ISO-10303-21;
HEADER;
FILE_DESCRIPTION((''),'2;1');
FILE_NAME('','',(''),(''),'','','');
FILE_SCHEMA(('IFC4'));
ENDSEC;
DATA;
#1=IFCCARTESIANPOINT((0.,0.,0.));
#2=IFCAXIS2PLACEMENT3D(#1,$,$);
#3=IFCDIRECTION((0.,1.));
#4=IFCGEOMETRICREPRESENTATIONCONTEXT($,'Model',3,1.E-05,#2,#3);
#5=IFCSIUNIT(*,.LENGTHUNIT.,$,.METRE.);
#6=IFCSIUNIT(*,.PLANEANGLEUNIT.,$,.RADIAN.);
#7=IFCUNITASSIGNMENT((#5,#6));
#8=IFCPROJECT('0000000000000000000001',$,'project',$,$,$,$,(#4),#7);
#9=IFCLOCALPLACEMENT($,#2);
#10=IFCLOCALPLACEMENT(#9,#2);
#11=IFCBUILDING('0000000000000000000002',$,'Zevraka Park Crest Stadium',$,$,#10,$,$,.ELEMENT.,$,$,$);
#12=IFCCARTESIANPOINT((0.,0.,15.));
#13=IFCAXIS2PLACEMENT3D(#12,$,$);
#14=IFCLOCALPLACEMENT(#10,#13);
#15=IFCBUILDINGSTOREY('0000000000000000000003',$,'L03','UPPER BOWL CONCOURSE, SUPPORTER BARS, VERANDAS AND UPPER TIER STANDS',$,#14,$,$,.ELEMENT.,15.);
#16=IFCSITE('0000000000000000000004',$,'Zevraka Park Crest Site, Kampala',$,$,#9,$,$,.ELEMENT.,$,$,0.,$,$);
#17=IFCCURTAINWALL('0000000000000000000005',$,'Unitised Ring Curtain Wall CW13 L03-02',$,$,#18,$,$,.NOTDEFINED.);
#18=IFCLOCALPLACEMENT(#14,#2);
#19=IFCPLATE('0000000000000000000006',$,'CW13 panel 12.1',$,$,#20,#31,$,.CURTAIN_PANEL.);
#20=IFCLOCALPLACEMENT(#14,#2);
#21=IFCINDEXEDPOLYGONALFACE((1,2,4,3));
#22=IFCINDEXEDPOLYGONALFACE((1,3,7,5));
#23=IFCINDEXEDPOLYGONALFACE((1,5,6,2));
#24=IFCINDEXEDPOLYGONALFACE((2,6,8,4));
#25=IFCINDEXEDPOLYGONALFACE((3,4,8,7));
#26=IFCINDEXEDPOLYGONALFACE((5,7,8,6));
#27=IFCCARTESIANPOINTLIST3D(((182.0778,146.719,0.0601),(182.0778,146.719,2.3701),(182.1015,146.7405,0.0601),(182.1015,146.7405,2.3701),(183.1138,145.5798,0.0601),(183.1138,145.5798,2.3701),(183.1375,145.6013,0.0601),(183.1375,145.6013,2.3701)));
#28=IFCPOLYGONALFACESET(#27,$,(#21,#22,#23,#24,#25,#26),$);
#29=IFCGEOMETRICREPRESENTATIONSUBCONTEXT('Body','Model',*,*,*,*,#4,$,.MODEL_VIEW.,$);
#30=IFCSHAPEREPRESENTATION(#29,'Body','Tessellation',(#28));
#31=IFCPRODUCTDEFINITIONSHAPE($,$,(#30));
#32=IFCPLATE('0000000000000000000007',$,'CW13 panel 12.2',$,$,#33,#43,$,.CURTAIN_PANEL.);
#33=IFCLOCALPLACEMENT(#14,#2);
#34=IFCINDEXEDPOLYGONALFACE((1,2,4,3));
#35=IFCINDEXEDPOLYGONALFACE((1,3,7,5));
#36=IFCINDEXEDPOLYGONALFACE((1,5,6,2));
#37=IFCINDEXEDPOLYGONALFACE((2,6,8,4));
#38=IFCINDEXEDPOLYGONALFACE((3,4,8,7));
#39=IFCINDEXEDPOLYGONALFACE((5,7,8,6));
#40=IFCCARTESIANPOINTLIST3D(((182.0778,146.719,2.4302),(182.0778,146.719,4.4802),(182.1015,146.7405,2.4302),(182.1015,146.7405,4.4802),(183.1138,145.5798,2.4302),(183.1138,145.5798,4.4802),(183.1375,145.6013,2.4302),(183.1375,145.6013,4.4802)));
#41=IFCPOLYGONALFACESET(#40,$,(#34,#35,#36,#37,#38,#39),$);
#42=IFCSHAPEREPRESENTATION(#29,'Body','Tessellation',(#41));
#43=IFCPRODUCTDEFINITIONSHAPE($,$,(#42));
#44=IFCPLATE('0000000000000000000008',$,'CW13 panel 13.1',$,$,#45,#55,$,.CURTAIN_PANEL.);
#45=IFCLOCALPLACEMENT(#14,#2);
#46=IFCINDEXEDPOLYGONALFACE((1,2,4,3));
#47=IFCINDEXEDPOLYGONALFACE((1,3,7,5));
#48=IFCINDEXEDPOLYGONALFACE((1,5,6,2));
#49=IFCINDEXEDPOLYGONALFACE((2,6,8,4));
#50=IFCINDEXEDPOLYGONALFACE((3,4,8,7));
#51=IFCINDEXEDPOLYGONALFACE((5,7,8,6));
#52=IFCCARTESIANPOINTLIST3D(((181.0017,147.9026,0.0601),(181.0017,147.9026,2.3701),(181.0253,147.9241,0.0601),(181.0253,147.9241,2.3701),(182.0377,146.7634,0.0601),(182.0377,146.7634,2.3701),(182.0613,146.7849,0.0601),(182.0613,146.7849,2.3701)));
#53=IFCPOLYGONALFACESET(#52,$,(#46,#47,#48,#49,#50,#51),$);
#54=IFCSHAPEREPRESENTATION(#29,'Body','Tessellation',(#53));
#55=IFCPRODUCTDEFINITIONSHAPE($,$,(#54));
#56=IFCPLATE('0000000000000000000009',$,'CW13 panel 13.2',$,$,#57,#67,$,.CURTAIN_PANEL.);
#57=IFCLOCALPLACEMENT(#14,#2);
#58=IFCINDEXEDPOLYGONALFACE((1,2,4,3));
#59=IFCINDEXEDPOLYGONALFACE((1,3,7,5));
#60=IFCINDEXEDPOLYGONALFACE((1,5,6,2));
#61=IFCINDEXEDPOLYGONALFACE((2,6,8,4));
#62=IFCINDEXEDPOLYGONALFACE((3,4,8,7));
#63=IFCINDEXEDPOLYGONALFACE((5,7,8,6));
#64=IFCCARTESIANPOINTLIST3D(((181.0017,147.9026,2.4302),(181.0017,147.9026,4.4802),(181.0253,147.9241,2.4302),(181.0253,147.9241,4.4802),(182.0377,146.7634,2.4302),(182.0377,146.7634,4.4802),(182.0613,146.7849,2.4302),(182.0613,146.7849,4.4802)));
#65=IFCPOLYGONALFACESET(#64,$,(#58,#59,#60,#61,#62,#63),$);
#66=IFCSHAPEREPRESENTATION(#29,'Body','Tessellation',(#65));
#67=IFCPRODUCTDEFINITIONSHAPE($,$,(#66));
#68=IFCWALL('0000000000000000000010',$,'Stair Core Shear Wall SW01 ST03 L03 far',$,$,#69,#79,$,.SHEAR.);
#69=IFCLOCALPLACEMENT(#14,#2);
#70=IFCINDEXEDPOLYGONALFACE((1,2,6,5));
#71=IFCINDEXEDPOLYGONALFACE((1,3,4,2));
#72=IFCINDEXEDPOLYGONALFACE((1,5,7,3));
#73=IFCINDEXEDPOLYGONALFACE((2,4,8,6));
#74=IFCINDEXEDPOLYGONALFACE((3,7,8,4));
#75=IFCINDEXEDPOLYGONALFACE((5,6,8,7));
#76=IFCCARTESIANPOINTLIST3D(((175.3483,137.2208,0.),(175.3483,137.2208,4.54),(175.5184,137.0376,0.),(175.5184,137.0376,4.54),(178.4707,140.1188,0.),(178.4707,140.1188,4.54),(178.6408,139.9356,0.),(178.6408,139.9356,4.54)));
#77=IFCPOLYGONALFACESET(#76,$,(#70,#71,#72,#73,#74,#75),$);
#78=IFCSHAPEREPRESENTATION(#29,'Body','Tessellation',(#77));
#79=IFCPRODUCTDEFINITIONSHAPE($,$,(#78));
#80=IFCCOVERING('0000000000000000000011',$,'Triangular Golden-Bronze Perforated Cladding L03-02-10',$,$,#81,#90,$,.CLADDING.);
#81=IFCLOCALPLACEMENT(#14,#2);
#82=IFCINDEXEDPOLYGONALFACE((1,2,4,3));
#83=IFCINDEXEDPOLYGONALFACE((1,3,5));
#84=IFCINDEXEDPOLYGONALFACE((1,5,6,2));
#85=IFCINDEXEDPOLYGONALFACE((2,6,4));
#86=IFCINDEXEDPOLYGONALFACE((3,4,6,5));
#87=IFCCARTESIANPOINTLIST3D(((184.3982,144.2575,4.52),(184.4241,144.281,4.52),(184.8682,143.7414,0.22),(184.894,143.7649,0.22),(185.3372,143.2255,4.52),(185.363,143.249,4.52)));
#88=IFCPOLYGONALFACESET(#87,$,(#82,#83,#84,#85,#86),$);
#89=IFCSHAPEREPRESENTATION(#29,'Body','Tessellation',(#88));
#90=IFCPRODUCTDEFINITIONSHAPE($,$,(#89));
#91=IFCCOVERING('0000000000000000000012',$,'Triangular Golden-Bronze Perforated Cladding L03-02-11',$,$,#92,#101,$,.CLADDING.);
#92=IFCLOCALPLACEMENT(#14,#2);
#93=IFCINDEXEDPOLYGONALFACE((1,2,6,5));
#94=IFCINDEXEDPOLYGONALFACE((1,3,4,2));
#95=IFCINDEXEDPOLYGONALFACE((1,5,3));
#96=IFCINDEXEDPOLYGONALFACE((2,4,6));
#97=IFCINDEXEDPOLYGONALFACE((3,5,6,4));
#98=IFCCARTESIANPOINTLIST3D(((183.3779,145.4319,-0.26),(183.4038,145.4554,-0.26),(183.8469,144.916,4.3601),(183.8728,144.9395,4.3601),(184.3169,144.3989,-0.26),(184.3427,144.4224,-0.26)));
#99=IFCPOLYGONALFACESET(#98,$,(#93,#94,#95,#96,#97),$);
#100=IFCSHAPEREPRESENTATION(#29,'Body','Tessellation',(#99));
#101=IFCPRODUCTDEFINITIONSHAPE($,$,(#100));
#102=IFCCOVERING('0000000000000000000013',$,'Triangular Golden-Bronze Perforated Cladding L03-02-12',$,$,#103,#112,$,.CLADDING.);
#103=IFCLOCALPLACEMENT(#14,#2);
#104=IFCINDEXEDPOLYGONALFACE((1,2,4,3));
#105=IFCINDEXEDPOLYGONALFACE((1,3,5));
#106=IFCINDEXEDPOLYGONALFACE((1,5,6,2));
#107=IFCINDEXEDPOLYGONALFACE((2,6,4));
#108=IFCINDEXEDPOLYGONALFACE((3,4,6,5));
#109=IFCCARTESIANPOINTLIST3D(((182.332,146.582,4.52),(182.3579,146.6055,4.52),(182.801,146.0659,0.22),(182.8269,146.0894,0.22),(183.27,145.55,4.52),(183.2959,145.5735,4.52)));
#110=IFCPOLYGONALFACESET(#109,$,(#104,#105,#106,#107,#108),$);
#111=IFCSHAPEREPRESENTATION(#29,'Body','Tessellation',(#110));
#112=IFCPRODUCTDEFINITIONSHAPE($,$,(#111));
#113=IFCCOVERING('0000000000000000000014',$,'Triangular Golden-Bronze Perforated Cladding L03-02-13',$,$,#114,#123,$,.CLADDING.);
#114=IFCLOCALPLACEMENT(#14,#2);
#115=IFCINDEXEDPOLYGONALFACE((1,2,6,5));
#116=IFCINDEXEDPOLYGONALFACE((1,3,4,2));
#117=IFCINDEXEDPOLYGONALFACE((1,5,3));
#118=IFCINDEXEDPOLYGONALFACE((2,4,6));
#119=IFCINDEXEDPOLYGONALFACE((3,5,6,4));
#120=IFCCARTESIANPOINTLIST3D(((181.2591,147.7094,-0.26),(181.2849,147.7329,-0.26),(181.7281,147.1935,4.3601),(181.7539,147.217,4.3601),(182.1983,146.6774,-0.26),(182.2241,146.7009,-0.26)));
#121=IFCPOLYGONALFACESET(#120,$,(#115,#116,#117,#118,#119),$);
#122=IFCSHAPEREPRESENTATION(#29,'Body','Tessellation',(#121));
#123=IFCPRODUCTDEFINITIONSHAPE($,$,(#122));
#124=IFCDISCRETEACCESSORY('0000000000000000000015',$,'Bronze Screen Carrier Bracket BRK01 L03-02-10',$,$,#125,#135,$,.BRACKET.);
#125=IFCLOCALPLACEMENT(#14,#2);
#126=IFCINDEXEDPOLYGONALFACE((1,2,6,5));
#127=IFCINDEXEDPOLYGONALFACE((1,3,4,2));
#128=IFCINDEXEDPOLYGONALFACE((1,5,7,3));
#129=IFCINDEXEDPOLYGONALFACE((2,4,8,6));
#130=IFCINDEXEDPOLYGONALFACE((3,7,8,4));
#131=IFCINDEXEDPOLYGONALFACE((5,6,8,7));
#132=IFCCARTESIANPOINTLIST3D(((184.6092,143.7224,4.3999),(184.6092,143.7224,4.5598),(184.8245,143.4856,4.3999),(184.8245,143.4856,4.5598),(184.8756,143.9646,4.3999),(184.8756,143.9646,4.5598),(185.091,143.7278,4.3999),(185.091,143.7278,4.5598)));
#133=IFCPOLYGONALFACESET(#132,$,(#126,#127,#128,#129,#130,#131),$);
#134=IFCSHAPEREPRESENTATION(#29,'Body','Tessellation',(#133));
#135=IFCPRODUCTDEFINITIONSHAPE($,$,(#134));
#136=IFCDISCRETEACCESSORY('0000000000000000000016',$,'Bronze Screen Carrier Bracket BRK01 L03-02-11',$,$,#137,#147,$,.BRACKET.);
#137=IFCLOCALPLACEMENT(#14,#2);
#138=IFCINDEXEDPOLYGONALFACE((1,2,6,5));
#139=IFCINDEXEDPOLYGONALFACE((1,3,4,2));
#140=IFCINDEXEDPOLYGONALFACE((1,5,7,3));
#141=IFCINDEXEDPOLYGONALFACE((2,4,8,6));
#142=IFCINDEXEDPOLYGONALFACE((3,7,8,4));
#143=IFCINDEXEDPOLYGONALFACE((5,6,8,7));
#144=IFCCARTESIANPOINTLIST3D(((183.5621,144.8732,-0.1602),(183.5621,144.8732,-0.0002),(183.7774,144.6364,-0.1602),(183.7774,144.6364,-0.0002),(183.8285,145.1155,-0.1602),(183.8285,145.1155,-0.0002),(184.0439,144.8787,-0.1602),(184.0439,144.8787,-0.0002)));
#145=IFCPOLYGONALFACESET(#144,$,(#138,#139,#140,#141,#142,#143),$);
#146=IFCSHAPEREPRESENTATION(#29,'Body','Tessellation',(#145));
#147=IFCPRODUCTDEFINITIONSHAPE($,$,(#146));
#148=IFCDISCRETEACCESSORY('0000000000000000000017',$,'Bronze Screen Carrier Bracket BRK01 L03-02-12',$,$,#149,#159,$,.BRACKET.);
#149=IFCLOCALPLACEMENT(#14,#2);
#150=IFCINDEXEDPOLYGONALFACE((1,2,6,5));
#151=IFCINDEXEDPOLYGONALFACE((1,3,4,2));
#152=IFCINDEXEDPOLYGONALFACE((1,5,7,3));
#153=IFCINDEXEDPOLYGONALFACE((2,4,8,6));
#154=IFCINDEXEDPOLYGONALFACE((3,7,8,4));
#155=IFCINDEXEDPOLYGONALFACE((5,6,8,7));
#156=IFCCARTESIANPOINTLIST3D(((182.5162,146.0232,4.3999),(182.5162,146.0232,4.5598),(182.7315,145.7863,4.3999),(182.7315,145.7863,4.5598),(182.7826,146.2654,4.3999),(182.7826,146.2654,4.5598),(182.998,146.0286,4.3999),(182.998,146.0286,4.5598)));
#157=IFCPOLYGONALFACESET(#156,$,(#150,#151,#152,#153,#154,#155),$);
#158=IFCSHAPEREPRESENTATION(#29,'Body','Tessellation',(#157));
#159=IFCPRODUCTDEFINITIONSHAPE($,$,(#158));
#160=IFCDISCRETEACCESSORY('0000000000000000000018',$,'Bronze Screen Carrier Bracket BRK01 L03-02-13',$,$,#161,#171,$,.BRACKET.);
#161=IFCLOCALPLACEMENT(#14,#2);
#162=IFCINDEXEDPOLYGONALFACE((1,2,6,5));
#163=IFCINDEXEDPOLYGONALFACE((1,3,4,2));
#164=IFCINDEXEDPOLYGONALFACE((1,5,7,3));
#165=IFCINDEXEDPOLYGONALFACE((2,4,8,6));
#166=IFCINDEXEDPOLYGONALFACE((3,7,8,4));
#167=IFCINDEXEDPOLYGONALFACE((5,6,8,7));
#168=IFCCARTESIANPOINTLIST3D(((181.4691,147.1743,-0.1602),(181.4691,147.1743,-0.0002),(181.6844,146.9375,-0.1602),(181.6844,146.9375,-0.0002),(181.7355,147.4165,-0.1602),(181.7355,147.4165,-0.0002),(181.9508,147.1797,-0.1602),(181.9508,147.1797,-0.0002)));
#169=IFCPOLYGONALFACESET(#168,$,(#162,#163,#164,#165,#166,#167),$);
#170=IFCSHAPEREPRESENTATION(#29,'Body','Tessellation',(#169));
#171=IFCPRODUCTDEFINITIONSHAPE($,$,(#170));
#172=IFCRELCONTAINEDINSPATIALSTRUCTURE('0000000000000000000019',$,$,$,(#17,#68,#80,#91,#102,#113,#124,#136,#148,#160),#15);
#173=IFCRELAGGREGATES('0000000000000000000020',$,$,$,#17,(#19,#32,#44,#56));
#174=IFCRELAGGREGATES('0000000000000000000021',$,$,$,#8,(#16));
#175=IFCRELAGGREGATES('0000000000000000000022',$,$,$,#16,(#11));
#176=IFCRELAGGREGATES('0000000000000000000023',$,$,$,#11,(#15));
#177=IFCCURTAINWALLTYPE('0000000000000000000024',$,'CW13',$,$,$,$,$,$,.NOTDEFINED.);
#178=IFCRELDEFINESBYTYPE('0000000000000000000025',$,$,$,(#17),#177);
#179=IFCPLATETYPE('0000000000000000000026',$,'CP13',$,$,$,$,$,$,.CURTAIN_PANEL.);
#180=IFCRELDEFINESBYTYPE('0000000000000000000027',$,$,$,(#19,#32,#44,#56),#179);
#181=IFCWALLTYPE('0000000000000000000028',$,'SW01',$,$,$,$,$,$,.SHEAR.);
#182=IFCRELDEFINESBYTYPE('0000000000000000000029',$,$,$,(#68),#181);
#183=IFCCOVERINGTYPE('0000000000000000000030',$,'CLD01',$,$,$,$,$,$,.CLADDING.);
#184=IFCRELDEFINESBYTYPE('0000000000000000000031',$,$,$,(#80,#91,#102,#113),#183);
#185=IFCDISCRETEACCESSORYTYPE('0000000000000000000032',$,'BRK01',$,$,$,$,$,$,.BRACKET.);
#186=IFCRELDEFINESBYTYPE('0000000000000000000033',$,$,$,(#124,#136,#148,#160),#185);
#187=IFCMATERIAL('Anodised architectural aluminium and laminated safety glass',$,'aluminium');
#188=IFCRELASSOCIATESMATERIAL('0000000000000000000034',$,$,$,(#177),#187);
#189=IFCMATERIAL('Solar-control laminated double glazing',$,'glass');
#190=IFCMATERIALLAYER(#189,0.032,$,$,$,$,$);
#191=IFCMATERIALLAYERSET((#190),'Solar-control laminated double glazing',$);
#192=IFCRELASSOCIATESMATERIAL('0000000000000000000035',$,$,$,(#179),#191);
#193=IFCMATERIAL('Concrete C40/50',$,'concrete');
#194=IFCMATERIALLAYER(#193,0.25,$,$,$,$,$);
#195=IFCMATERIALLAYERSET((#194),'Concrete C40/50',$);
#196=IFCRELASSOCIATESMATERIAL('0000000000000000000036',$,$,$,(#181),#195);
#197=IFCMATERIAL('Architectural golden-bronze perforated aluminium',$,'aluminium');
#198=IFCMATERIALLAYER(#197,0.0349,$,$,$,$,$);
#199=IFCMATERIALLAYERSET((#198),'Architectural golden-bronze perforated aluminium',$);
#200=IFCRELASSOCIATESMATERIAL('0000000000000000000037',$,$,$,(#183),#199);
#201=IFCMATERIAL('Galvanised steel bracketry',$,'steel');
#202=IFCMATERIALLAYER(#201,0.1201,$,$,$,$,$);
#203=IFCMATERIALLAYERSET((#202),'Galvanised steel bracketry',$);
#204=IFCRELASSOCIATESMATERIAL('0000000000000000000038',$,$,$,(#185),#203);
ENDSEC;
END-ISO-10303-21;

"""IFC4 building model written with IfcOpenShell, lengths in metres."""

from ifc_helpers import new_model, si_unit, direction, frame, frame_2d, origin, origin_2d, place, context, subcontext, project, spatial, polyline, rectangle, outline, extrude, material, layer, layer_set, type_object, element, aggregate, save


model = new_model("IFC4")

# Units and contexts
model_context = context("Model", 3, precision=1e-05, world=origin(), true_north=direction((0.0, 1.0)))
body_context = subcontext(model_context, "Body", "Model", "MODEL_VIEW")
ifc_project = project(units=[si_unit("LENGTHUNIT", "METRE"), si_unit("PLANEANGLEUNIT", "RADIAN")], contexts=[model_context])

# Site, building, storey
site_placement = place(None, origin())
site = spatial("IfcSite", under=ifc_project, at=site_placement, Name="Zevraka Park Crest Site, Kampala", CompositionType="ELEMENT", RefElevation=0.0)
building_placement = place(site_placement, origin())
building = spatial("IfcBuilding", under=site, at=building_placement, Name="Zevraka Park Crest Stadium", CompositionType="ELEMENT")
storey_placement = place(building_placement, frame((0.0, 0.0, 15.0)))
storey = spatial("IfcBuildingStorey", under=building, at=storey_placement, Name="L03", Description="UPPER BOWL CONCOURSE, SUPPORTER BARS, VERANDAS AND UPPER TIER STANDS", CompositionType="ELEMENT", Elevation=15.0)

# Curtain wall
ifc_material_1 = material(Name="Anodised architectural aluminium and laminated safety glass", Category="aluminium")
curtain_wall_type = type_object("IfcCurtainWallType", Name="CW13", PredefinedType="NOTDEFINED", material=ifc_material_1)
curtain_wall_placement = place(storey_placement, origin())
curtain_wall = element("IfcCurtainWall", 1, at=curtain_wall_placement, inside=storey, type_object=curtain_wall_type, Name="Unitised Ring Curtain Wall CW13 L03-02", PredefinedType="NOTDEFINED")

# Plates
ifc_material_2 = material(Name="Solar-control laminated double glazing", Category="glass")
ifc_layer_1 = layer(ifc_material_2, 0.032)
ifc_layer_set_1 = layer_set([ifc_layer_1], Name="Solar-control laminated double glazing")
plate_type = type_object("IfcPlateType", Name="CP13", PredefinedType="CURTAIN_PANEL", material=ifc_layer_set_1)
plate_1_placement = place(storey_placement, frame((182.6077, 146.1602, 0.0601), z_axis=(0.0, 0.0, 1.0), x_axis=(-0.672802, 0.739823, 0.0)))
plate_1 = element("IfcPlate", 2, at=plate_1_placement, type_object=plate_type, Name="CW13 panel 12.1", PredefinedType="CURTAIN_PANEL", context=body_context, shape_type="SweptSolid", body=[
    extrude(rectangle(XDim=1.5398, YDim=0.032, at=origin_2d()), origin(), (0.0, 0.0, 1.0), 2.3101),
])
plate_2_placement = place(storey_placement, frame((182.6077, 146.1602, 2.4302), z_axis=(0.0, 0.0, 1.0), x_axis=(-0.672802, 0.739823, 0.0)))
plate_2 = element("IfcPlate", 3, at=plate_2_placement, type_object=plate_type, Name="CW13 panel 12.2", PredefinedType="CURTAIN_PANEL", context=body_context, shape_type="SweptSolid", body=[
    extrude(rectangle(XDim=1.5398, YDim=0.032, at=origin_2d()), origin(), (0.0, 0.0, 1.0), 2.05),
])
plate_3_placement = place(storey_placement, frame((181.5315, 147.3438, 0.0601), z_axis=(0.0, 0.0, 1.0), x_axis=(-0.672802, 0.739823, 0.0)))
plate_3 = element("IfcPlate", 4, at=plate_3_placement, type_object=plate_type, Name="CW13 panel 13.1", PredefinedType="CURTAIN_PANEL", context=body_context, shape_type="SweptSolid", body=[
    extrude(rectangle(XDim=1.5398, YDim=0.032, at=origin_2d()), origin(), (0.0, 0.0, 1.0), 2.3101),
])
plate_4_placement = place(storey_placement, frame((181.5315, 147.3438, 2.4302), z_axis=(0.0, 0.0, 1.0), x_axis=(-0.672802, 0.739823, 0.0)))
plate_4 = element("IfcPlate", 5, at=plate_4_placement, type_object=plate_type, Name="CW13 panel 13.2", PredefinedType="CURTAIN_PANEL", context=body_context, shape_type="SweptSolid", body=[
    extrude(rectangle(XDim=1.5398, YDim=0.032, at=origin_2d()), origin(), (0.0, 0.0, 1.0), 2.05),
])
aggregate(curtain_wall, [plate_1, plate_2, plate_3, plate_4])

# Wall
ifc_material_3 = material(Name="Concrete C40/50", Category="concrete")
ifc_layer_2 = layer(ifc_material_3, 0.25)
ifc_layer_set_2 = layer_set([ifc_layer_2], Name="Concrete C40/50")
wall_type = type_object("IfcWallType", Name="SW01", PredefinedType="SHEAR", material=ifc_layer_set_2)
wall_placement = place(storey_placement, frame((178.5557, 140.0271, 0.0), z_axis=(0.0, 0.0, 1.0), x_axis=(-0.732951, -0.680282, 0.0)))
element("IfcWall", 6, at=wall_placement, inside=storey, type_object=wall_type, Name="Stair Core Shear Wall SW01 ST03 L03 far", PredefinedType="SHEAR", context=body_context, shape_type="SweptSolid", body=[
    extrude(rectangle(XDim=4.26, YDim=0.25, at=frame_2d((2.1299, 0.0))), origin(), (0.0, 0.0, 1.0), 4.54),
])

# Coverings
ifc_material_4 = material(Name="Architectural golden-bronze perforated aluminium", Category="aluminium")
ifc_layer_3 = layer(ifc_material_4, 0.0349)
ifc_layer_set_3 = layer_set([ifc_layer_3], Name="Architectural golden-bronze perforated aluminium")
covering_type = type_object("IfcCoveringType", Name="CLD01", PredefinedType="CLADDING", material=ifc_layer_set_3)
covering_1_placement = place(storey_placement, frame((184.4241, 144.281, 4.52), z_axis=(0.739655, 0.672986, 0.000065), x_axis=(0.672986, -0.739655, 0.0)))
element("IfcCovering", 7, at=covering_1_placement, inside=storey, type_object=covering_type, Name="Triangular Golden-Bronze Perforated Cladding L03-02-10", PredefinedType="CLADDING", context=body_context, shape_type="SweptSolid", body=[
    extrude(outline(polyline([(0.0, 0.0), (1.3952, 0.0), (0.698, 4.3), (0.0, 0.0)])), origin(), (0.0, 0.0, -1.0), 0.0349),
])
covering_2_placement = place(storey_placement, frame((184.3169, 144.3989, -0.26), z_axis=(-0.739972, -0.672638, 0.000011), x_axis=(-0.672638, 0.739972, 0.0)))
element("IfcCovering", 8, at=covering_2_placement, inside=storey, type_object=covering_type, Name="Triangular Golden-Bronze Perforated Cladding L03-02-11", PredefinedType="CLADDING", context=body_context, shape_type="SweptSolid", body=[
    extrude(outline(polyline([(0.0, 0.0), (1.3959, 0.0), (0.6988, -4.6201), (0.0, 0.0)])), origin(), (0.0, 0.0, -1.0), 0.0349),
])
covering_3_placement = place(storey_placement, frame((182.332, 146.582, 4.52), z_axis=(-0.740003, -0.672603, 0.000019), x_axis=(0.672603, -0.740003, 0.0)))
element("IfcCovering", 9, at=covering_3_placement, inside=storey, type_object=covering_type, Name="Triangular Golden-Bronze Perforated Cladding L03-02-12", PredefinedType="CLADDING", context=body_context, shape_type="SweptSolid", body=[
    extrude(outline(polyline([(0.0, 0.0), (1.3946, 0.0), (0.6974, -4.3), (0.0, 0.0)])), origin(), (0.0, 0.0, -1.0), 0.0349),
])
covering_4_placement = place(storey_placement, frame((182.2241, 146.7009, -0.26), z_axis=(0.739568, 0.673082, 0.00008), x_axis=(-0.673082, 0.739568, 0.0)))
element("IfcCovering", 10, at=covering_4_placement, inside=storey, type_object=covering_type, Name="Triangular Golden-Bronze Perforated Cladding L03-02-13", PredefinedType="CLADDING", context=body_context, shape_type="SweptSolid", body=[
    extrude(outline(polyline([(0.0, 0.0), (1.3954, 0.0), (0.6982, 4.6201), (0.0, 0.0)])), origin(), (0.0, 0.0, -1.0), 0.0349),
])

# Discrete accessories
ifc_material_5 = material(Name="Galvanised steel bracketry", Category="steel")
ifc_layer_4 = layer(ifc_material_5, 0.1201)
ifc_layer_set_4 = layer_set([ifc_layer_4], Name="Galvanised steel bracketry")
discrete_accessory_type = type_object("IfcDiscreteAccessoryType", Name="BRK01", PredefinedType="BRACKET", material=ifc_layer_set_4)
for number, where, z_axis, x_axis, name in (
    (11, (184.8501, 143.7251, 4.3999), (0.0, 0.0, 1.0), (-0.672754, 0.739866, 0.0), "Bronze Screen Carrier Bracket BRK01 L03-02-10"),
    (12, (183.803, 144.876, -0.1602), (0.0, 0.0, 1.0), (-0.672754, 0.739866, 0.0), "Bronze Screen Carrier Bracket BRK01 L03-02-11"),
    (13, (182.7571, 146.0259, 4.3999), (0.0, 0.0, 1.0), (-0.672754, 0.739866, 0.0), "Bronze Screen Carrier Bracket BRK01 L03-02-12"),
    (14, (181.71, 147.177, -0.1602), (0.0, 0.0, 1.0), (-0.672754, 0.739866, 0.0), "Bronze Screen Carrier Bracket BRK01 L03-02-13"),
):
    element("IfcDiscreteAccessory", number, at=place(storey_placement, frame(where, z_axis=z_axis, x_axis=x_axis)), inside=storey, type_object=discrete_accessory_type, Name=name, PredefinedType="BRACKET", context=body_context, shape_type="SweptSolid", body=[
        extrude(rectangle(XDim=0.3201, YDim=0.3601, at=origin_2d()), origin(), (0.0, 0.0, 1.0), 0.1599),
    ])

save(model, "model.ifc")
